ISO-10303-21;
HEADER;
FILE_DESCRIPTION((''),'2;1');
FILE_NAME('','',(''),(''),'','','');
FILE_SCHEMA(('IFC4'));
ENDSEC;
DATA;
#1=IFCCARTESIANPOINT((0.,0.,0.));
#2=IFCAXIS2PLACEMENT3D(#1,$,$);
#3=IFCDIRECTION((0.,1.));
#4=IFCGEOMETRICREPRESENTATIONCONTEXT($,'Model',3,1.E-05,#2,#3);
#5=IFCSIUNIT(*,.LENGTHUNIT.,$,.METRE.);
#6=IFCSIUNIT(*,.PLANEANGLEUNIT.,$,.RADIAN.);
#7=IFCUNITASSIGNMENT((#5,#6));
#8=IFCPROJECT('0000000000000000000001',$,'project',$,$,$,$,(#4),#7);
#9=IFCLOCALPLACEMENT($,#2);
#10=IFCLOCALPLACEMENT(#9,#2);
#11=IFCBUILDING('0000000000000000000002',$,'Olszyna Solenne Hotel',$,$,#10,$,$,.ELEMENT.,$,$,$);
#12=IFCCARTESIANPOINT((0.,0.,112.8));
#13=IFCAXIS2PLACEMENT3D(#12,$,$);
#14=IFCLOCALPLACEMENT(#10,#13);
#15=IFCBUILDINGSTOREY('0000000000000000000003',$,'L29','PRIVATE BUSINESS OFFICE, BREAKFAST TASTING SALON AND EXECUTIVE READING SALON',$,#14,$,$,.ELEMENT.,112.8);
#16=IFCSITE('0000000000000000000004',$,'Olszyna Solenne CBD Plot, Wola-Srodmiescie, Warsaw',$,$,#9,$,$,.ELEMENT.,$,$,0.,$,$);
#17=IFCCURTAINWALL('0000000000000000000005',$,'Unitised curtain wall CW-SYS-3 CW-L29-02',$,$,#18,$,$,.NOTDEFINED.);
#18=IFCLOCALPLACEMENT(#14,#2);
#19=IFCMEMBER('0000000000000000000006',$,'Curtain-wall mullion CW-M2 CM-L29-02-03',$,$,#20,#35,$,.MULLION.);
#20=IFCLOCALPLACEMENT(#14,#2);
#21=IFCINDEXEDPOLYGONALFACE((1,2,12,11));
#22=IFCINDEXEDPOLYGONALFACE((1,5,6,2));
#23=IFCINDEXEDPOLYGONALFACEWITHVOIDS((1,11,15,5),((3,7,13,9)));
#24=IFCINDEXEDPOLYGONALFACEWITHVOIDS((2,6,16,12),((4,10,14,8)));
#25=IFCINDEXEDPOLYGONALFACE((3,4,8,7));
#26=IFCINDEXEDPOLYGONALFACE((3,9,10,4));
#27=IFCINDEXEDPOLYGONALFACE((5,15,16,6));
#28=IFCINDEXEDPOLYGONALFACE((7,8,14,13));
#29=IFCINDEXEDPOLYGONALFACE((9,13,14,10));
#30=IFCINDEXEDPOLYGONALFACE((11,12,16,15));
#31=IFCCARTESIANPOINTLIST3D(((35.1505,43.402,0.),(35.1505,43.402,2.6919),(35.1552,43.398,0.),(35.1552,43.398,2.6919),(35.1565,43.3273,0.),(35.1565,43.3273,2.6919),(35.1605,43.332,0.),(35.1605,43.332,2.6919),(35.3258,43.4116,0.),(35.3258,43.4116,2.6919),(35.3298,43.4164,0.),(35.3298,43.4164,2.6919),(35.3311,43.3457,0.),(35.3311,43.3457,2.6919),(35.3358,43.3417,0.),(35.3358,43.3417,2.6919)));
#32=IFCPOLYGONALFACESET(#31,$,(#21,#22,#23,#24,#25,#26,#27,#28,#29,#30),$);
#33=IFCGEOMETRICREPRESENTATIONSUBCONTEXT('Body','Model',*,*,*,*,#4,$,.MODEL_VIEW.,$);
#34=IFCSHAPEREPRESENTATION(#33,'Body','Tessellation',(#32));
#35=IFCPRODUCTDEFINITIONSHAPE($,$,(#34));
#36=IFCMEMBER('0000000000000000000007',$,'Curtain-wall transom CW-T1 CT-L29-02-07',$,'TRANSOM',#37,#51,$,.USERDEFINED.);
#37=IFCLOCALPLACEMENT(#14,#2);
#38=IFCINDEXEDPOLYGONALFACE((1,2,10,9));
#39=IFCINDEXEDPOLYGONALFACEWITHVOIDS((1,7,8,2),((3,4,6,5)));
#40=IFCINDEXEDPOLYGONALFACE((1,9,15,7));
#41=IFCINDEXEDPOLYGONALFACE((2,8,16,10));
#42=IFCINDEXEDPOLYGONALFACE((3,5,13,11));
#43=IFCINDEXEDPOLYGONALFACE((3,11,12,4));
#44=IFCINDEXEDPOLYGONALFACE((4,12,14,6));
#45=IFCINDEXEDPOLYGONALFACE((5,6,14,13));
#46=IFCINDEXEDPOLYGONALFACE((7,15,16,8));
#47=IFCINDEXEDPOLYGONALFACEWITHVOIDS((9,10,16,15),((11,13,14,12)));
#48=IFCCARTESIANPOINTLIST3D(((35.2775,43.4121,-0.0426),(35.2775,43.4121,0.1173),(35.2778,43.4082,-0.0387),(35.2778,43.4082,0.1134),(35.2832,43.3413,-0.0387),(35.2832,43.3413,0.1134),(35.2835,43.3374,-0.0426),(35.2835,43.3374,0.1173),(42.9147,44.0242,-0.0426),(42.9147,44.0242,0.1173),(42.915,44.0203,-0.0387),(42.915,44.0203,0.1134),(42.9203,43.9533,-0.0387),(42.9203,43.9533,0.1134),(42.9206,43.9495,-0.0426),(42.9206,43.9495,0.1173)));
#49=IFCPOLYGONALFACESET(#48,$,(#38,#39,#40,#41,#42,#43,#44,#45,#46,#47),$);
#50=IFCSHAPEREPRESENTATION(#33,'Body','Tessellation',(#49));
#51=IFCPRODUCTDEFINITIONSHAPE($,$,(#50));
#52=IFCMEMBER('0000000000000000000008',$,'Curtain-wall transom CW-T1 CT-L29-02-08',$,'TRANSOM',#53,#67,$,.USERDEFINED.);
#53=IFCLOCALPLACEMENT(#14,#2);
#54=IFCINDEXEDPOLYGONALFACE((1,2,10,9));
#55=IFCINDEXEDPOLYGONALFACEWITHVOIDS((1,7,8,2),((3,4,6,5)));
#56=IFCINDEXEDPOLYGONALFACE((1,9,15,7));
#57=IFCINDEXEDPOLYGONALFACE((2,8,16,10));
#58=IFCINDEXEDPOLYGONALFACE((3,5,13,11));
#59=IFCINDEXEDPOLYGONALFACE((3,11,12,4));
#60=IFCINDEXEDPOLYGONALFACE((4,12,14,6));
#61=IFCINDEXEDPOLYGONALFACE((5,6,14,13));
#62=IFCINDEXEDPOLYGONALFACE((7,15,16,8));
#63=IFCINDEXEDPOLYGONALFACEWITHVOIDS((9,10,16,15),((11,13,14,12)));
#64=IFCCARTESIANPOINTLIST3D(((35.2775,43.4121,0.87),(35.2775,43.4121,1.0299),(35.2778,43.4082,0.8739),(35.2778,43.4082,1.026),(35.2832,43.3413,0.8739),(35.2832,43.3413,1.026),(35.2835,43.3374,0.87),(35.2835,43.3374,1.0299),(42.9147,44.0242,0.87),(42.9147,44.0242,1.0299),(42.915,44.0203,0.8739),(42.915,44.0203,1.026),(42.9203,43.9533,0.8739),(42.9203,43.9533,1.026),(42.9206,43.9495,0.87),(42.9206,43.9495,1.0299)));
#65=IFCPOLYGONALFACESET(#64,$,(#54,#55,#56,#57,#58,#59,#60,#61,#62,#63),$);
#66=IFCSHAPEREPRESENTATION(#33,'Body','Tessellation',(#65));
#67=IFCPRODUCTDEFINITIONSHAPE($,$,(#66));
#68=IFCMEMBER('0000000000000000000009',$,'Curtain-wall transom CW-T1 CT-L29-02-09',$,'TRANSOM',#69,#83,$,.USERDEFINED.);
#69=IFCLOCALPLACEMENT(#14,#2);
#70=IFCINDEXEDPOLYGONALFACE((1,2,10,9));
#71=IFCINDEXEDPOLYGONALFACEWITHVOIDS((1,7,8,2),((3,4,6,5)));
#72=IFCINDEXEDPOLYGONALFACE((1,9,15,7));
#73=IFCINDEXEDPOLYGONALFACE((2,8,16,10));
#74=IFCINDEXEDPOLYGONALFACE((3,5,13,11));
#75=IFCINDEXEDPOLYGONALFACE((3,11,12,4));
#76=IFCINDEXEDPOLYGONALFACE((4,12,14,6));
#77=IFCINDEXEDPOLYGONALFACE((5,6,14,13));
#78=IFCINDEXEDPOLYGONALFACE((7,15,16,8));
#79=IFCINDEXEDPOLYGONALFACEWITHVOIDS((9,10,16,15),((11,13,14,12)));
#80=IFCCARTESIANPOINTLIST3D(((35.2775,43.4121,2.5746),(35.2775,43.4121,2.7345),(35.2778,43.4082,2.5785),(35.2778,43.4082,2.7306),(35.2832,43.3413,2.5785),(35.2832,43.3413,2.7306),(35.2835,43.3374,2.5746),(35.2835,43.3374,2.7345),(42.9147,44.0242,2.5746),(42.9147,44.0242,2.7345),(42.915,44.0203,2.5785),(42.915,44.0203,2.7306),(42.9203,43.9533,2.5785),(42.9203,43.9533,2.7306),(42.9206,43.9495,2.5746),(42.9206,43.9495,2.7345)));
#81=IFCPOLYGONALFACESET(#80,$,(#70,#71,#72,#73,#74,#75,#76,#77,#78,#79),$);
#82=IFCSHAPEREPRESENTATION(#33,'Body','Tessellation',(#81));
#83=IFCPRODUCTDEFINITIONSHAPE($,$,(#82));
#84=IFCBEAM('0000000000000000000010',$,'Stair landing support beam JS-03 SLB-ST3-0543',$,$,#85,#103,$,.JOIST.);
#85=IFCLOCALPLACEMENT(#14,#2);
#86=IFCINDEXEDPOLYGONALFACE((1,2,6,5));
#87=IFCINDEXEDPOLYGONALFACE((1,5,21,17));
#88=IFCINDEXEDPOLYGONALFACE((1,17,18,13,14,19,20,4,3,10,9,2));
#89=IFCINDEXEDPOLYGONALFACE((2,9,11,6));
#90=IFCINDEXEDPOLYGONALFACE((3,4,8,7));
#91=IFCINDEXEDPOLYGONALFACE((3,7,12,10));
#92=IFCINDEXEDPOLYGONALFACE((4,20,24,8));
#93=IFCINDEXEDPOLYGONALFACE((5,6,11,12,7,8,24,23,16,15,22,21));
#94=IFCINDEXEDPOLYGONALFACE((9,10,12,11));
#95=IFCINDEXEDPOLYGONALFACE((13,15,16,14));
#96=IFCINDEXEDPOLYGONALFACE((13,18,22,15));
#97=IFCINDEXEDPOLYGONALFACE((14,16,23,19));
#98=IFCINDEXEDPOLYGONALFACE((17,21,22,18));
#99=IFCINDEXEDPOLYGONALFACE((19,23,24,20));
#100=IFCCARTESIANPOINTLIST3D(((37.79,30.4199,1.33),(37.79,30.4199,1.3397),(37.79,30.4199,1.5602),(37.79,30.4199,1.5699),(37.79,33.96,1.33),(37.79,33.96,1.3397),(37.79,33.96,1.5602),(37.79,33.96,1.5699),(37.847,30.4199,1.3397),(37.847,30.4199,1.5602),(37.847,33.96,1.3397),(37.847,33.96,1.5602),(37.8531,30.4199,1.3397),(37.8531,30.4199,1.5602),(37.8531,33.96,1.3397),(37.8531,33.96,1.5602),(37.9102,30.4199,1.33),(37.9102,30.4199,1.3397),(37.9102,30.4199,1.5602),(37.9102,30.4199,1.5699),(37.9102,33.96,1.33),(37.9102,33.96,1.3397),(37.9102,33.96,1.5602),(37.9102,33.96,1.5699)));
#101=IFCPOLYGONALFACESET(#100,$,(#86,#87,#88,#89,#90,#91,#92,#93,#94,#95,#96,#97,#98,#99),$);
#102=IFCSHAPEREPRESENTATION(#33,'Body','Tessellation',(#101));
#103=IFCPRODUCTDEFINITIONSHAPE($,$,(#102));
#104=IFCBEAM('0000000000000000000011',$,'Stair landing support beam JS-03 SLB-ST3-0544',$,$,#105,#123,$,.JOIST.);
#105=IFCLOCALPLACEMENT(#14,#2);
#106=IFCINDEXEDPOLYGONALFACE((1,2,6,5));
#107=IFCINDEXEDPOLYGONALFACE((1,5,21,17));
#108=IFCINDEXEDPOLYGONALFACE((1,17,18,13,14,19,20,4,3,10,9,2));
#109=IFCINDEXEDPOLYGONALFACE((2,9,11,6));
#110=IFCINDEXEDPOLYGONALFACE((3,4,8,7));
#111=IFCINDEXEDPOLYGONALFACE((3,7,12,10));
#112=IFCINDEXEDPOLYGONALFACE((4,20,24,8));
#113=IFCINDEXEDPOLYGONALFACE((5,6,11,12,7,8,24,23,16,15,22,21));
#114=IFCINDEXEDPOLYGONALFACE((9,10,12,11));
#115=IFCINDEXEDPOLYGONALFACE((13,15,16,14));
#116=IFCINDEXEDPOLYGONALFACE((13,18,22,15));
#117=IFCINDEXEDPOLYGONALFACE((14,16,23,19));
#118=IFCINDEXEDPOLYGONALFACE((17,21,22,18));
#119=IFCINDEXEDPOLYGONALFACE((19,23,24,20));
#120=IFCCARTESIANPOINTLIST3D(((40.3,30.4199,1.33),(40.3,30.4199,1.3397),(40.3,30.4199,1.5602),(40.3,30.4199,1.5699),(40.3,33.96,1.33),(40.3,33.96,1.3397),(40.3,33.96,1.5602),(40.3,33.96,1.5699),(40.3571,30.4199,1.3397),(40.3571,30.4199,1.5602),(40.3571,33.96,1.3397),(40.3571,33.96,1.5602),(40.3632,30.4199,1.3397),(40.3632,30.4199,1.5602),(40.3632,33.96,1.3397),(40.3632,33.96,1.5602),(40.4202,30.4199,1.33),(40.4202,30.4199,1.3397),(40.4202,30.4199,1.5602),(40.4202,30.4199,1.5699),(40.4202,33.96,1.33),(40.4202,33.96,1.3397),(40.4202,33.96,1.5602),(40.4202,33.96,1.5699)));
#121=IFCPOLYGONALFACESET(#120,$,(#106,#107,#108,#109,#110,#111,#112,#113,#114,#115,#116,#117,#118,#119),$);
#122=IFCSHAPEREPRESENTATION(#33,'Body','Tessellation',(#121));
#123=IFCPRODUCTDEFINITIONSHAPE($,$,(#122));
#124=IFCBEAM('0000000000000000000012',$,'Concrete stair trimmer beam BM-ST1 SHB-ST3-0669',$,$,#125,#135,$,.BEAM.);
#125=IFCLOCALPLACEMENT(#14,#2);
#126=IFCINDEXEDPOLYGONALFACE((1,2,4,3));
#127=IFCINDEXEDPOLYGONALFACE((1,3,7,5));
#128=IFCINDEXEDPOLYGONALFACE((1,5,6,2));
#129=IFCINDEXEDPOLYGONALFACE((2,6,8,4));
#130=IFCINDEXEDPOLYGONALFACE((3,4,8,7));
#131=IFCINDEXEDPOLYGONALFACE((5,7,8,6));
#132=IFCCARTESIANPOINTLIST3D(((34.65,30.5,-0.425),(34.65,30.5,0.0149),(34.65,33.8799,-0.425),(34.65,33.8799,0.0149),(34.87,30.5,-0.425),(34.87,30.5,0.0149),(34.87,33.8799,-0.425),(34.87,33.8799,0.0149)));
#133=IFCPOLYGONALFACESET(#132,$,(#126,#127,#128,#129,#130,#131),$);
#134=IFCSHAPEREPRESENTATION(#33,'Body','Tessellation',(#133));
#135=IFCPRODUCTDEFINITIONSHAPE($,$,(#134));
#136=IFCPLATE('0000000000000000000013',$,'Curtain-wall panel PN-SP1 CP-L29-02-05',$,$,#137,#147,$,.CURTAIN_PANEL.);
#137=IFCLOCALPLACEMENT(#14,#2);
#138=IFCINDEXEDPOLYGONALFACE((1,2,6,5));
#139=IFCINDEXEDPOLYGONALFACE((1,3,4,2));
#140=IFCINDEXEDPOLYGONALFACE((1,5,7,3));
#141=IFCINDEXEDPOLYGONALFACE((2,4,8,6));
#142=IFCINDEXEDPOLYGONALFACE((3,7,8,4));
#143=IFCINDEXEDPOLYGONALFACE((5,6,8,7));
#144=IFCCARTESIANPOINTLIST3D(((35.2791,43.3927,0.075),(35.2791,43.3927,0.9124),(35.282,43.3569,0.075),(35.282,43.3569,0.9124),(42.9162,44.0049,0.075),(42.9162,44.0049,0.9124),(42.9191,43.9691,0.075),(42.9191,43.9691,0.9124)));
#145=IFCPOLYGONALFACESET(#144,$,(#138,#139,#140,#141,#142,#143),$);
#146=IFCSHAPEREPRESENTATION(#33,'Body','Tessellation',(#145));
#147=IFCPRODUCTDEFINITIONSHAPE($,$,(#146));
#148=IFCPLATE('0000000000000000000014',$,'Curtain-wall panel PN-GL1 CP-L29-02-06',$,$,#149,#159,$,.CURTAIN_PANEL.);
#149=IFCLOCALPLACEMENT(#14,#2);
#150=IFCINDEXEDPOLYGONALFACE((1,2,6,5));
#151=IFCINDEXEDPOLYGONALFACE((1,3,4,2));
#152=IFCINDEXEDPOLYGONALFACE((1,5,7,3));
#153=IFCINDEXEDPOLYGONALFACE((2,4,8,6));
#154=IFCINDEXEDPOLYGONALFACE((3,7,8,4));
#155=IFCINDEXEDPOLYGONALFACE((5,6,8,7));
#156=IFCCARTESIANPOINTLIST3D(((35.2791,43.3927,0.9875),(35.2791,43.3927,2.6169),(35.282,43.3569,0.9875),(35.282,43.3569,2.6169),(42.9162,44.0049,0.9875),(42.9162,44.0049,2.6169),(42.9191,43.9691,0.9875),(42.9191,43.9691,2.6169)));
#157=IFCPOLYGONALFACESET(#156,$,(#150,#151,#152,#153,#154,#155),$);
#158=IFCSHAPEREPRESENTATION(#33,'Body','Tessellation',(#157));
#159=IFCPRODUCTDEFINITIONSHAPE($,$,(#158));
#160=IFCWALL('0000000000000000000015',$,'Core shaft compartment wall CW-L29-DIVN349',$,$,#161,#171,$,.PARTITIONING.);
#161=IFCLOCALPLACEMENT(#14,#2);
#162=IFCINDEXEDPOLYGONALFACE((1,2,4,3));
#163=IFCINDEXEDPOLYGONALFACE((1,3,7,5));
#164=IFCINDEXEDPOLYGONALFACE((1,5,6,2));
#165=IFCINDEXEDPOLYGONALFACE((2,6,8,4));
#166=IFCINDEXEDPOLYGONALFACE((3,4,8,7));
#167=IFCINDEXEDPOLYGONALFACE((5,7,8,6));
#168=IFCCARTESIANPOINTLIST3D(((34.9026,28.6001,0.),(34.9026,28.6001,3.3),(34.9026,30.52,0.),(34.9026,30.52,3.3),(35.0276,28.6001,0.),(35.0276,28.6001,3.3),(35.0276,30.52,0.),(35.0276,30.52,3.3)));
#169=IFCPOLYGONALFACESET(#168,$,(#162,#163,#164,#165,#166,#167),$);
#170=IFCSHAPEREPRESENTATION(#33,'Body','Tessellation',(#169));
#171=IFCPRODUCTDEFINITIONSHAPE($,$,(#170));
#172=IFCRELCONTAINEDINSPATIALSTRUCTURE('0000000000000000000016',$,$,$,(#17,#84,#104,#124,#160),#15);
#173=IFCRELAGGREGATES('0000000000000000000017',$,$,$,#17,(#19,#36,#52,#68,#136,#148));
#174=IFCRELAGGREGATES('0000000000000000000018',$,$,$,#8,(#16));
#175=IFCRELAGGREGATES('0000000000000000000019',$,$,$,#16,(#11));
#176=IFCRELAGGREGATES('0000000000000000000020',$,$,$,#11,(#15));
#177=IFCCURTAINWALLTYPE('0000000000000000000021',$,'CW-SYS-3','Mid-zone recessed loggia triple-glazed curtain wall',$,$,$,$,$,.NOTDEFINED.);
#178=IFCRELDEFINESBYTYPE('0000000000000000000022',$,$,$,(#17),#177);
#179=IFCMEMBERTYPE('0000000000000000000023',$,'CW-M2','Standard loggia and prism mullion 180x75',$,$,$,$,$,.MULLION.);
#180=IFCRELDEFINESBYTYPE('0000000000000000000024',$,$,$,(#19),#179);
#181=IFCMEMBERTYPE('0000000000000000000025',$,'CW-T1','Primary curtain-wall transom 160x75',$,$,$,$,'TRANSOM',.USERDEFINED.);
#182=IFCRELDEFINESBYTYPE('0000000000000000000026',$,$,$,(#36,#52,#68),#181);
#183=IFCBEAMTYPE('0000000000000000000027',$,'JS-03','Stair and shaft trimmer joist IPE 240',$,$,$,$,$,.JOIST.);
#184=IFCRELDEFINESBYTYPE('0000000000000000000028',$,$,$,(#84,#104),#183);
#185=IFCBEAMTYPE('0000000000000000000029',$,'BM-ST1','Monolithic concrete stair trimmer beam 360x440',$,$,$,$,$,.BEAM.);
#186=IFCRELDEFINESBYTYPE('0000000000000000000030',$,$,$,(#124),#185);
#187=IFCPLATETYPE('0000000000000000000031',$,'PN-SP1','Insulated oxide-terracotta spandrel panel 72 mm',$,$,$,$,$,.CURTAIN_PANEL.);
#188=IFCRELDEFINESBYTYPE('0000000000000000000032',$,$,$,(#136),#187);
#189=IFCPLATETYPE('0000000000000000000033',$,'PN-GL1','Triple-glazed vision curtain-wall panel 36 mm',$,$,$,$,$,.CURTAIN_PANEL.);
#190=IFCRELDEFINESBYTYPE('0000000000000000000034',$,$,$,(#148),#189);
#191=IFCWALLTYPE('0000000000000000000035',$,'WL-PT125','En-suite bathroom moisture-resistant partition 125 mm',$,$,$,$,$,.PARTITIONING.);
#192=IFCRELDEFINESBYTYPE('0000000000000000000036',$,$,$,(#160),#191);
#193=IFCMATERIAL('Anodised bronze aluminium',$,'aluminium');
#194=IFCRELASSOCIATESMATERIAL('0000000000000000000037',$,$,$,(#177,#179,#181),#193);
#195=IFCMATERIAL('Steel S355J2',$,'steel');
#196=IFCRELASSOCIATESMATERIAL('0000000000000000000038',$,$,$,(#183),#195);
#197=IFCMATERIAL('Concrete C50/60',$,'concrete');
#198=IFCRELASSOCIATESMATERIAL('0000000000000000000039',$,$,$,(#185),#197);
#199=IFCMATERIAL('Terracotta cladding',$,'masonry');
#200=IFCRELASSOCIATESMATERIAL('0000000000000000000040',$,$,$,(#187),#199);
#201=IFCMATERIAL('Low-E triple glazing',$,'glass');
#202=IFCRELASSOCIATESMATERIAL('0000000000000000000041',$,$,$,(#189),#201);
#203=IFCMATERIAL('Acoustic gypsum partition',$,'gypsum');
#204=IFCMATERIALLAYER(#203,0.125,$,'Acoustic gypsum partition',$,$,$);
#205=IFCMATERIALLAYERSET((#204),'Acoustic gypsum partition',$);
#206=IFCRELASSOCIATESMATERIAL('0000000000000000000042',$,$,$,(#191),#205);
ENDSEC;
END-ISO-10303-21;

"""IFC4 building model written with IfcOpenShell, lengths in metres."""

from ifc_helpers import new_model, si_unit, direction, frame, frame_2d, origin, origin_2d, place, context, subcontext, project, spatial, rectangle, hollow_rectangle, i_section, extrude, source, transform, mapped, material, layer, layer_set, material_profile, profile_set, type_object, element, aggregate, save


model = new_model("IFC4")

# Units and contexts
model_context = context("Model", 3, precision=1e-05, world=origin(), true_north=direction((0.0, 1.0)))
body_context = subcontext(model_context, "Body", "Model", "MODEL_VIEW")
ifc_project = project(units=[si_unit("LENGTHUNIT", "METRE"), si_unit("PLANEANGLEUNIT", "RADIAN")], contexts=[model_context])

# Site, building, storey
site_placement = place(None, origin())
site = spatial("IfcSite", under=ifc_project, at=site_placement, Name="Olszyna Solenne CBD Plot, Wola-Srodmiescie, Warsaw", CompositionType="ELEMENT", RefElevation=0.0)
building_placement = place(site_placement, origin())
building = spatial("IfcBuilding", under=site, at=building_placement, Name="Olszyna Solenne Hotel", CompositionType="ELEMENT")
storey_placement = place(building_placement, frame((0.0, 0.0, 112.8)))
storey = spatial("IfcBuildingStorey", under=building, at=storey_placement, Name="L29", Description="PRIVATE BUSINESS OFFICE, BREAKFAST TASTING SALON AND EXECUTIVE READING SALON", CompositionType="ELEMENT", Elevation=112.8)

# Curtain wall, members
ifc_material_1 = material(Name="Anodised bronze aluminium", Category="aluminium")
curtain_wall_type = type_object("IfcCurtainWallType", Name="CW-SYS-3", Description="Mid-zone recessed loggia triple-glazed curtain wall", PredefinedType="NOTDEFINED", material=ifc_material_1)
curtain_wall_placement = place(storey_placement, origin())
curtain_wall = element("IfcCurtainWall", 1, at=curtain_wall_placement, inside=storey, type_object=curtain_wall_type, Name="Unitised curtain wall CW-SYS-3 CW-L29-02", PredefinedType="NOTDEFINED")
ifc_material_profile_1 = material_profile(ifc_material_1, hollow_rectangle(XDim=0.075, YDim=0.1799, WallThickness=0.0044, at=origin_2d()), Name="MULL 180x75x4.5", Category="load-bearing")
ifc_profile_set_1 = profile_set([ifc_material_profile_1], Name="Anodised bronze aluminium")
member_type_1 = type_object("IfcMemberType", Name="CW-M2", Description="Standard loggia and prism mullion 180x75", PredefinedType="MULLION", material=ifc_profile_set_1)
shared_shape_1 = source(origin(), body_context, "Body", "SweptSolid", [
    extrude(hollow_rectangle(XDim=0.075, YDim=0.1799, WallThickness=0.0044, at=origin_2d()), origin(), (0.0, 0.0, 1.0), 2.6919),
])
member_1_placement = place(storey_placement, frame((35.2432, 43.3718, 0.0), z_axis=(0.0, 0.0, 1.0), x_axis=(-0.079903, 0.996803, 0.0)))
member_1 = element("IfcMember", 2, at=member_1_placement, type_object=member_type_1, Name="Curtain-wall mullion CW-M2 CM-L29-02-03", PredefinedType="MULLION", context=body_context, shape_type="MappedRepresentation", body=[
    mapped(shared_shape_1, transform((0.0, 0.0, 0.0), x_axis=(1.0, 0.0, 0.0), y_axis=(0.0, 1.0, 0.0), z_axis=(0.0, 0.0, 1.0), scale=1.0)),
])
ifc_material_profile_2 = material_profile(ifc_material_1, hollow_rectangle(XDim=0.075, YDim=0.1599, WallThickness=0.0039, at=origin_2d()), Name="TRAN 160x75x4", Category="load-bearing")
ifc_profile_set_2 = profile_set([ifc_material_profile_2], Name="Anodised bronze aluminium")
member_type_2 = type_object("IfcMemberType", Name="CW-T1", Description="Primary curtain-wall transom 160x75", ElementType="TRANSOM", PredefinedType="USERDEFINED", material=ifc_profile_set_2)
shared_shape_2 = source(origin(), body_context, "Body", "SweptSolid", [
    extrude(hollow_rectangle(XDim=0.075, YDim=0.1599, WallThickness=0.0039, at=origin_2d()), origin(), (0.0, 0.0, 1.0), 7.6616),
])
member_2_placement = place(storey_placement, frame((35.2805, 43.3748, 0.0374), z_axis=(0.996804, 0.079886, 0.0), x_axis=(-0.079886, 0.996804, 0.0)))
member_2 = element("IfcMember", 3, at=member_2_placement, type_object=member_type_2, Name="Curtain-wall transom CW-T1 CT-L29-02-07", ObjectType="TRANSOM", PredefinedType="USERDEFINED", context=body_context, shape_type="MappedRepresentation", body=[
    mapped(shared_shape_2, transform((0.0, 0.0, 0.0), x_axis=(1.0, 0.0, 0.0), y_axis=(0.0, 1.0, 0.0), z_axis=(0.0, 0.0, 1.0), scale=1.0)),
])
member_3_placement = place(storey_placement, frame((35.2805, 43.3748, 0.95), z_axis=(0.996804, 0.079886, 0.0), x_axis=(-0.079886, 0.996804, 0.0)))
member_3 = element("IfcMember", 4, at=member_3_placement, type_object=member_type_2, Name="Curtain-wall transom CW-T1 CT-L29-02-08", ObjectType="TRANSOM", PredefinedType="USERDEFINED", context=body_context, shape_type="MappedRepresentation", body=[
    mapped(shared_shape_2, transform((0.0, 0.0, 0.0), x_axis=(1.0, 0.0, 0.0), y_axis=(0.0, 1.0, 0.0), z_axis=(0.0, 0.0, 1.0), scale=1.0)),
])
member_4_placement = place(storey_placement, frame((35.2805, 43.3748, 2.6545), z_axis=(0.996804, 0.079886, 0.0), x_axis=(-0.079886, 0.996804, 0.0)))
member_4 = element("IfcMember", 5, at=member_4_placement, type_object=member_type_2, Name="Curtain-wall transom CW-T1 CT-L29-02-09", ObjectType="TRANSOM", PredefinedType="USERDEFINED", context=body_context, shape_type="MappedRepresentation", body=[
    mapped(shared_shape_2, transform((0.0, 0.0, 0.0), x_axis=(1.0, 0.0, 0.0), y_axis=(0.0, 1.0, 0.0), z_axis=(0.0, 0.0, 1.0), scale=1.0)),
])

# Beams
ifc_material_2 = material(Name="Steel S355J2", Category="steel")
ifc_material_profile_3 = material_profile(ifc_material_2, i_section(OverallWidth=0.1201, OverallDepth=0.24, WebThickness=0.0061, FlangeThickness=0.0098, at=origin_2d()), Name="IPE 240", Category="load-bearing")
ifc_profile_set_3 = profile_set([ifc_material_profile_3], Name="Steel S355J2")
beam_type_1 = type_object("IfcBeamType", Name="JS-03", Description="Stair and shaft trimmer joist IPE 240", PredefinedType="JOIST", material=ifc_profile_set_3)
shared_shape_3 = source(origin(), body_context, "Body", "SweptSolid", [
    extrude(i_section(OverallWidth=0.1201, OverallDepth=0.24, WebThickness=0.0061, FlangeThickness=0.0098, at=origin_2d()), origin(), (0.0, 0.0, 1.0), 3.54),
])
for number, where, z_axis, x_axis, name in (
    (6, (37.8501, 30.4199, 1.45), (0.0, 1.0, 0.0), (-1.0, 0.0, 0.0), "Stair landing support beam JS-03 SLB-ST3-0543"),
    (7, (40.3601, 30.4199, 1.45), (0.0, 1.0, 0.0), (-1.0, 0.0, 0.0), "Stair landing support beam JS-03 SLB-ST3-0544"),
):
    element("IfcBeam", number, at=place(storey_placement, frame(where, z_axis=z_axis, x_axis=x_axis)), inside=storey, type_object=beam_type_1, Name=name, PredefinedType="JOIST", context=body_context, shape_type="MappedRepresentation", body=[
        mapped(shared_shape_3, transform((0.0, 0.0, 0.0), x_axis=(1.0, 0.0, 0.0), y_axis=(0.0, 1.0, 0.0), z_axis=(0.0, 0.0, 1.0), scale=1.0)),
    ])
ifc_material_3 = material(Name="Concrete C50/60", Category="concrete")
ifc_material_profile_4 = material_profile(ifc_material_3, rectangle(XDim=0.22, YDim=0.4399, at=origin_2d()), Name="RC 220x440", Category="load-bearing")
ifc_profile_set_4 = profile_set([ifc_material_profile_4], Name="Concrete C50/60")
beam_type_2 = type_object("IfcBeamType", Name="BM-ST1", Description="Monolithic concrete stair trimmer beam 360x440", PredefinedType="BEAM", material=ifc_profile_set_4)
shared_shape_4 = source(origin(), body_context, "Body", "SweptSolid", [
    extrude(rectangle(XDim=0.22, YDim=0.4399, at=origin_2d()), origin(), (0.0, 0.0, 1.0), 3.3799),
])
beam_placement = place(storey_placement, frame((34.76, 30.5, -0.2051), z_axis=(0.0, 1.0, 0.0), x_axis=(-1.0, 0.0, 0.0)))
element("IfcBeam", 8, at=beam_placement, inside=storey, type_object=beam_type_2, Name="Concrete stair trimmer beam BM-ST1 SHB-ST3-0669", PredefinedType="BEAM", context=body_context, shape_type="MappedRepresentation", body=[
    mapped(shared_shape_4, transform((0.0, 0.0, 0.0), x_axis=(1.0, 0.0, 0.0), y_axis=(0.0, 1.0, 0.0), z_axis=(0.0, 0.0, 1.0), scale=1.0)),
])

# Plates
ifc_material_4 = material(Name="Terracotta cladding", Category="masonry")
plate_type_1 = type_object("IfcPlateType", Name="PN-SP1", Description="Insulated oxide-terracotta spandrel panel 72 mm", PredefinedType="CURTAIN_PANEL", material=ifc_material_4)
shared_shape_5 = source(origin(), body_context, "Body", "SweptSolid", [
    extrude(rectangle(XDim=7.6616, YDim=0.0359, at=origin_2d()), origin(), (0.0, 0.0, 1.0), 0.8374),
])
plate_1_placement = place(storey_placement, frame((39.0991, 43.6809, 0.075), z_axis=(0.0, 0.0, 1.0), x_axis=(0.996803, 0.079903, 0.0)))
plate_1 = element("IfcPlate", 9, at=plate_1_placement, type_object=plate_type_1, Name="Curtain-wall panel PN-SP1 CP-L29-02-05", PredefinedType="CURTAIN_PANEL", context=body_context, shape_type="MappedRepresentation", body=[
    mapped(shared_shape_5, transform((0.0, 0.0, 0.0), x_axis=(1.0, 0.0, 0.0), y_axis=(0.0, 1.0, 0.0), z_axis=(0.0, 0.0, 1.0), scale=1.0)),
])
ifc_material_5 = material(Name="Low-E triple glazing", Category="glass")
plate_type_2 = type_object("IfcPlateType", Name="PN-GL1", Description="Triple-glazed vision curtain-wall panel 36 mm", PredefinedType="CURTAIN_PANEL", material=ifc_material_5)
shared_shape_6 = source(origin(), body_context, "Body", "SweptSolid", [
    extrude(rectangle(XDim=7.6616, YDim=0.0359, at=origin_2d()), origin(), (0.0, 0.0, 1.0), 1.6294),
])
plate_2_placement = place(storey_placement, frame((39.0991, 43.6809, 0.9875), z_axis=(0.0, 0.0, 1.0), x_axis=(0.996803, 0.079903, 0.0)))
plate_2 = element("IfcPlate", 10, at=plate_2_placement, type_object=plate_type_2, Name="Curtain-wall panel PN-GL1 CP-L29-02-06", PredefinedType="CURTAIN_PANEL", context=body_context, shape_type="MappedRepresentation", body=[
    mapped(shared_shape_6, transform((0.0, 0.0, 0.0), x_axis=(1.0, 0.0, 0.0), y_axis=(0.0, 1.0, 0.0), z_axis=(0.0, 0.0, 1.0), scale=1.0)),
])
aggregate(curtain_wall, [member_1, member_2, member_3, member_4, plate_1, plate_2])

# Wall
ifc_material_6 = material(Name="Acoustic gypsum partition", Category="gypsum")
ifc_layer_1 = layer(ifc_material_6, 0.125, Name="Acoustic gypsum partition")
ifc_layer_set_1 = layer_set([ifc_layer_1], Name="Acoustic gypsum partition")
wall_type_1 = type_object("IfcWallType", Name="WL-PT125", Description="En-suite bathroom moisture-resistant partition 125 mm", PredefinedType="PARTITIONING", material=ifc_layer_set_1)
for number, where, z_axis, x_axis, name in (
    (11, (34.9651, 28.6001, 0.0), (0.0, 0.0, 1.0), (0.0, 1.0, 0.0), "Core shaft compartment wall CW-L29-DIVN349"),
):
    element("IfcWall", number, at=place(storey_placement, frame(where, z_axis=z_axis, x_axis=x_axis)), inside=storey, type_object=wall_type_1, Name=name, PredefinedType="PARTITIONING", context=body_context, shape_type="SweptSolid", body=[
        extrude(rectangle(XDim=1.9199, YDim=0.125, at=frame_2d((0.96, 0.0))), origin(), (0.0, 0.0, 1.0), 3.3),
    ])

save(model, "model.ifc")
